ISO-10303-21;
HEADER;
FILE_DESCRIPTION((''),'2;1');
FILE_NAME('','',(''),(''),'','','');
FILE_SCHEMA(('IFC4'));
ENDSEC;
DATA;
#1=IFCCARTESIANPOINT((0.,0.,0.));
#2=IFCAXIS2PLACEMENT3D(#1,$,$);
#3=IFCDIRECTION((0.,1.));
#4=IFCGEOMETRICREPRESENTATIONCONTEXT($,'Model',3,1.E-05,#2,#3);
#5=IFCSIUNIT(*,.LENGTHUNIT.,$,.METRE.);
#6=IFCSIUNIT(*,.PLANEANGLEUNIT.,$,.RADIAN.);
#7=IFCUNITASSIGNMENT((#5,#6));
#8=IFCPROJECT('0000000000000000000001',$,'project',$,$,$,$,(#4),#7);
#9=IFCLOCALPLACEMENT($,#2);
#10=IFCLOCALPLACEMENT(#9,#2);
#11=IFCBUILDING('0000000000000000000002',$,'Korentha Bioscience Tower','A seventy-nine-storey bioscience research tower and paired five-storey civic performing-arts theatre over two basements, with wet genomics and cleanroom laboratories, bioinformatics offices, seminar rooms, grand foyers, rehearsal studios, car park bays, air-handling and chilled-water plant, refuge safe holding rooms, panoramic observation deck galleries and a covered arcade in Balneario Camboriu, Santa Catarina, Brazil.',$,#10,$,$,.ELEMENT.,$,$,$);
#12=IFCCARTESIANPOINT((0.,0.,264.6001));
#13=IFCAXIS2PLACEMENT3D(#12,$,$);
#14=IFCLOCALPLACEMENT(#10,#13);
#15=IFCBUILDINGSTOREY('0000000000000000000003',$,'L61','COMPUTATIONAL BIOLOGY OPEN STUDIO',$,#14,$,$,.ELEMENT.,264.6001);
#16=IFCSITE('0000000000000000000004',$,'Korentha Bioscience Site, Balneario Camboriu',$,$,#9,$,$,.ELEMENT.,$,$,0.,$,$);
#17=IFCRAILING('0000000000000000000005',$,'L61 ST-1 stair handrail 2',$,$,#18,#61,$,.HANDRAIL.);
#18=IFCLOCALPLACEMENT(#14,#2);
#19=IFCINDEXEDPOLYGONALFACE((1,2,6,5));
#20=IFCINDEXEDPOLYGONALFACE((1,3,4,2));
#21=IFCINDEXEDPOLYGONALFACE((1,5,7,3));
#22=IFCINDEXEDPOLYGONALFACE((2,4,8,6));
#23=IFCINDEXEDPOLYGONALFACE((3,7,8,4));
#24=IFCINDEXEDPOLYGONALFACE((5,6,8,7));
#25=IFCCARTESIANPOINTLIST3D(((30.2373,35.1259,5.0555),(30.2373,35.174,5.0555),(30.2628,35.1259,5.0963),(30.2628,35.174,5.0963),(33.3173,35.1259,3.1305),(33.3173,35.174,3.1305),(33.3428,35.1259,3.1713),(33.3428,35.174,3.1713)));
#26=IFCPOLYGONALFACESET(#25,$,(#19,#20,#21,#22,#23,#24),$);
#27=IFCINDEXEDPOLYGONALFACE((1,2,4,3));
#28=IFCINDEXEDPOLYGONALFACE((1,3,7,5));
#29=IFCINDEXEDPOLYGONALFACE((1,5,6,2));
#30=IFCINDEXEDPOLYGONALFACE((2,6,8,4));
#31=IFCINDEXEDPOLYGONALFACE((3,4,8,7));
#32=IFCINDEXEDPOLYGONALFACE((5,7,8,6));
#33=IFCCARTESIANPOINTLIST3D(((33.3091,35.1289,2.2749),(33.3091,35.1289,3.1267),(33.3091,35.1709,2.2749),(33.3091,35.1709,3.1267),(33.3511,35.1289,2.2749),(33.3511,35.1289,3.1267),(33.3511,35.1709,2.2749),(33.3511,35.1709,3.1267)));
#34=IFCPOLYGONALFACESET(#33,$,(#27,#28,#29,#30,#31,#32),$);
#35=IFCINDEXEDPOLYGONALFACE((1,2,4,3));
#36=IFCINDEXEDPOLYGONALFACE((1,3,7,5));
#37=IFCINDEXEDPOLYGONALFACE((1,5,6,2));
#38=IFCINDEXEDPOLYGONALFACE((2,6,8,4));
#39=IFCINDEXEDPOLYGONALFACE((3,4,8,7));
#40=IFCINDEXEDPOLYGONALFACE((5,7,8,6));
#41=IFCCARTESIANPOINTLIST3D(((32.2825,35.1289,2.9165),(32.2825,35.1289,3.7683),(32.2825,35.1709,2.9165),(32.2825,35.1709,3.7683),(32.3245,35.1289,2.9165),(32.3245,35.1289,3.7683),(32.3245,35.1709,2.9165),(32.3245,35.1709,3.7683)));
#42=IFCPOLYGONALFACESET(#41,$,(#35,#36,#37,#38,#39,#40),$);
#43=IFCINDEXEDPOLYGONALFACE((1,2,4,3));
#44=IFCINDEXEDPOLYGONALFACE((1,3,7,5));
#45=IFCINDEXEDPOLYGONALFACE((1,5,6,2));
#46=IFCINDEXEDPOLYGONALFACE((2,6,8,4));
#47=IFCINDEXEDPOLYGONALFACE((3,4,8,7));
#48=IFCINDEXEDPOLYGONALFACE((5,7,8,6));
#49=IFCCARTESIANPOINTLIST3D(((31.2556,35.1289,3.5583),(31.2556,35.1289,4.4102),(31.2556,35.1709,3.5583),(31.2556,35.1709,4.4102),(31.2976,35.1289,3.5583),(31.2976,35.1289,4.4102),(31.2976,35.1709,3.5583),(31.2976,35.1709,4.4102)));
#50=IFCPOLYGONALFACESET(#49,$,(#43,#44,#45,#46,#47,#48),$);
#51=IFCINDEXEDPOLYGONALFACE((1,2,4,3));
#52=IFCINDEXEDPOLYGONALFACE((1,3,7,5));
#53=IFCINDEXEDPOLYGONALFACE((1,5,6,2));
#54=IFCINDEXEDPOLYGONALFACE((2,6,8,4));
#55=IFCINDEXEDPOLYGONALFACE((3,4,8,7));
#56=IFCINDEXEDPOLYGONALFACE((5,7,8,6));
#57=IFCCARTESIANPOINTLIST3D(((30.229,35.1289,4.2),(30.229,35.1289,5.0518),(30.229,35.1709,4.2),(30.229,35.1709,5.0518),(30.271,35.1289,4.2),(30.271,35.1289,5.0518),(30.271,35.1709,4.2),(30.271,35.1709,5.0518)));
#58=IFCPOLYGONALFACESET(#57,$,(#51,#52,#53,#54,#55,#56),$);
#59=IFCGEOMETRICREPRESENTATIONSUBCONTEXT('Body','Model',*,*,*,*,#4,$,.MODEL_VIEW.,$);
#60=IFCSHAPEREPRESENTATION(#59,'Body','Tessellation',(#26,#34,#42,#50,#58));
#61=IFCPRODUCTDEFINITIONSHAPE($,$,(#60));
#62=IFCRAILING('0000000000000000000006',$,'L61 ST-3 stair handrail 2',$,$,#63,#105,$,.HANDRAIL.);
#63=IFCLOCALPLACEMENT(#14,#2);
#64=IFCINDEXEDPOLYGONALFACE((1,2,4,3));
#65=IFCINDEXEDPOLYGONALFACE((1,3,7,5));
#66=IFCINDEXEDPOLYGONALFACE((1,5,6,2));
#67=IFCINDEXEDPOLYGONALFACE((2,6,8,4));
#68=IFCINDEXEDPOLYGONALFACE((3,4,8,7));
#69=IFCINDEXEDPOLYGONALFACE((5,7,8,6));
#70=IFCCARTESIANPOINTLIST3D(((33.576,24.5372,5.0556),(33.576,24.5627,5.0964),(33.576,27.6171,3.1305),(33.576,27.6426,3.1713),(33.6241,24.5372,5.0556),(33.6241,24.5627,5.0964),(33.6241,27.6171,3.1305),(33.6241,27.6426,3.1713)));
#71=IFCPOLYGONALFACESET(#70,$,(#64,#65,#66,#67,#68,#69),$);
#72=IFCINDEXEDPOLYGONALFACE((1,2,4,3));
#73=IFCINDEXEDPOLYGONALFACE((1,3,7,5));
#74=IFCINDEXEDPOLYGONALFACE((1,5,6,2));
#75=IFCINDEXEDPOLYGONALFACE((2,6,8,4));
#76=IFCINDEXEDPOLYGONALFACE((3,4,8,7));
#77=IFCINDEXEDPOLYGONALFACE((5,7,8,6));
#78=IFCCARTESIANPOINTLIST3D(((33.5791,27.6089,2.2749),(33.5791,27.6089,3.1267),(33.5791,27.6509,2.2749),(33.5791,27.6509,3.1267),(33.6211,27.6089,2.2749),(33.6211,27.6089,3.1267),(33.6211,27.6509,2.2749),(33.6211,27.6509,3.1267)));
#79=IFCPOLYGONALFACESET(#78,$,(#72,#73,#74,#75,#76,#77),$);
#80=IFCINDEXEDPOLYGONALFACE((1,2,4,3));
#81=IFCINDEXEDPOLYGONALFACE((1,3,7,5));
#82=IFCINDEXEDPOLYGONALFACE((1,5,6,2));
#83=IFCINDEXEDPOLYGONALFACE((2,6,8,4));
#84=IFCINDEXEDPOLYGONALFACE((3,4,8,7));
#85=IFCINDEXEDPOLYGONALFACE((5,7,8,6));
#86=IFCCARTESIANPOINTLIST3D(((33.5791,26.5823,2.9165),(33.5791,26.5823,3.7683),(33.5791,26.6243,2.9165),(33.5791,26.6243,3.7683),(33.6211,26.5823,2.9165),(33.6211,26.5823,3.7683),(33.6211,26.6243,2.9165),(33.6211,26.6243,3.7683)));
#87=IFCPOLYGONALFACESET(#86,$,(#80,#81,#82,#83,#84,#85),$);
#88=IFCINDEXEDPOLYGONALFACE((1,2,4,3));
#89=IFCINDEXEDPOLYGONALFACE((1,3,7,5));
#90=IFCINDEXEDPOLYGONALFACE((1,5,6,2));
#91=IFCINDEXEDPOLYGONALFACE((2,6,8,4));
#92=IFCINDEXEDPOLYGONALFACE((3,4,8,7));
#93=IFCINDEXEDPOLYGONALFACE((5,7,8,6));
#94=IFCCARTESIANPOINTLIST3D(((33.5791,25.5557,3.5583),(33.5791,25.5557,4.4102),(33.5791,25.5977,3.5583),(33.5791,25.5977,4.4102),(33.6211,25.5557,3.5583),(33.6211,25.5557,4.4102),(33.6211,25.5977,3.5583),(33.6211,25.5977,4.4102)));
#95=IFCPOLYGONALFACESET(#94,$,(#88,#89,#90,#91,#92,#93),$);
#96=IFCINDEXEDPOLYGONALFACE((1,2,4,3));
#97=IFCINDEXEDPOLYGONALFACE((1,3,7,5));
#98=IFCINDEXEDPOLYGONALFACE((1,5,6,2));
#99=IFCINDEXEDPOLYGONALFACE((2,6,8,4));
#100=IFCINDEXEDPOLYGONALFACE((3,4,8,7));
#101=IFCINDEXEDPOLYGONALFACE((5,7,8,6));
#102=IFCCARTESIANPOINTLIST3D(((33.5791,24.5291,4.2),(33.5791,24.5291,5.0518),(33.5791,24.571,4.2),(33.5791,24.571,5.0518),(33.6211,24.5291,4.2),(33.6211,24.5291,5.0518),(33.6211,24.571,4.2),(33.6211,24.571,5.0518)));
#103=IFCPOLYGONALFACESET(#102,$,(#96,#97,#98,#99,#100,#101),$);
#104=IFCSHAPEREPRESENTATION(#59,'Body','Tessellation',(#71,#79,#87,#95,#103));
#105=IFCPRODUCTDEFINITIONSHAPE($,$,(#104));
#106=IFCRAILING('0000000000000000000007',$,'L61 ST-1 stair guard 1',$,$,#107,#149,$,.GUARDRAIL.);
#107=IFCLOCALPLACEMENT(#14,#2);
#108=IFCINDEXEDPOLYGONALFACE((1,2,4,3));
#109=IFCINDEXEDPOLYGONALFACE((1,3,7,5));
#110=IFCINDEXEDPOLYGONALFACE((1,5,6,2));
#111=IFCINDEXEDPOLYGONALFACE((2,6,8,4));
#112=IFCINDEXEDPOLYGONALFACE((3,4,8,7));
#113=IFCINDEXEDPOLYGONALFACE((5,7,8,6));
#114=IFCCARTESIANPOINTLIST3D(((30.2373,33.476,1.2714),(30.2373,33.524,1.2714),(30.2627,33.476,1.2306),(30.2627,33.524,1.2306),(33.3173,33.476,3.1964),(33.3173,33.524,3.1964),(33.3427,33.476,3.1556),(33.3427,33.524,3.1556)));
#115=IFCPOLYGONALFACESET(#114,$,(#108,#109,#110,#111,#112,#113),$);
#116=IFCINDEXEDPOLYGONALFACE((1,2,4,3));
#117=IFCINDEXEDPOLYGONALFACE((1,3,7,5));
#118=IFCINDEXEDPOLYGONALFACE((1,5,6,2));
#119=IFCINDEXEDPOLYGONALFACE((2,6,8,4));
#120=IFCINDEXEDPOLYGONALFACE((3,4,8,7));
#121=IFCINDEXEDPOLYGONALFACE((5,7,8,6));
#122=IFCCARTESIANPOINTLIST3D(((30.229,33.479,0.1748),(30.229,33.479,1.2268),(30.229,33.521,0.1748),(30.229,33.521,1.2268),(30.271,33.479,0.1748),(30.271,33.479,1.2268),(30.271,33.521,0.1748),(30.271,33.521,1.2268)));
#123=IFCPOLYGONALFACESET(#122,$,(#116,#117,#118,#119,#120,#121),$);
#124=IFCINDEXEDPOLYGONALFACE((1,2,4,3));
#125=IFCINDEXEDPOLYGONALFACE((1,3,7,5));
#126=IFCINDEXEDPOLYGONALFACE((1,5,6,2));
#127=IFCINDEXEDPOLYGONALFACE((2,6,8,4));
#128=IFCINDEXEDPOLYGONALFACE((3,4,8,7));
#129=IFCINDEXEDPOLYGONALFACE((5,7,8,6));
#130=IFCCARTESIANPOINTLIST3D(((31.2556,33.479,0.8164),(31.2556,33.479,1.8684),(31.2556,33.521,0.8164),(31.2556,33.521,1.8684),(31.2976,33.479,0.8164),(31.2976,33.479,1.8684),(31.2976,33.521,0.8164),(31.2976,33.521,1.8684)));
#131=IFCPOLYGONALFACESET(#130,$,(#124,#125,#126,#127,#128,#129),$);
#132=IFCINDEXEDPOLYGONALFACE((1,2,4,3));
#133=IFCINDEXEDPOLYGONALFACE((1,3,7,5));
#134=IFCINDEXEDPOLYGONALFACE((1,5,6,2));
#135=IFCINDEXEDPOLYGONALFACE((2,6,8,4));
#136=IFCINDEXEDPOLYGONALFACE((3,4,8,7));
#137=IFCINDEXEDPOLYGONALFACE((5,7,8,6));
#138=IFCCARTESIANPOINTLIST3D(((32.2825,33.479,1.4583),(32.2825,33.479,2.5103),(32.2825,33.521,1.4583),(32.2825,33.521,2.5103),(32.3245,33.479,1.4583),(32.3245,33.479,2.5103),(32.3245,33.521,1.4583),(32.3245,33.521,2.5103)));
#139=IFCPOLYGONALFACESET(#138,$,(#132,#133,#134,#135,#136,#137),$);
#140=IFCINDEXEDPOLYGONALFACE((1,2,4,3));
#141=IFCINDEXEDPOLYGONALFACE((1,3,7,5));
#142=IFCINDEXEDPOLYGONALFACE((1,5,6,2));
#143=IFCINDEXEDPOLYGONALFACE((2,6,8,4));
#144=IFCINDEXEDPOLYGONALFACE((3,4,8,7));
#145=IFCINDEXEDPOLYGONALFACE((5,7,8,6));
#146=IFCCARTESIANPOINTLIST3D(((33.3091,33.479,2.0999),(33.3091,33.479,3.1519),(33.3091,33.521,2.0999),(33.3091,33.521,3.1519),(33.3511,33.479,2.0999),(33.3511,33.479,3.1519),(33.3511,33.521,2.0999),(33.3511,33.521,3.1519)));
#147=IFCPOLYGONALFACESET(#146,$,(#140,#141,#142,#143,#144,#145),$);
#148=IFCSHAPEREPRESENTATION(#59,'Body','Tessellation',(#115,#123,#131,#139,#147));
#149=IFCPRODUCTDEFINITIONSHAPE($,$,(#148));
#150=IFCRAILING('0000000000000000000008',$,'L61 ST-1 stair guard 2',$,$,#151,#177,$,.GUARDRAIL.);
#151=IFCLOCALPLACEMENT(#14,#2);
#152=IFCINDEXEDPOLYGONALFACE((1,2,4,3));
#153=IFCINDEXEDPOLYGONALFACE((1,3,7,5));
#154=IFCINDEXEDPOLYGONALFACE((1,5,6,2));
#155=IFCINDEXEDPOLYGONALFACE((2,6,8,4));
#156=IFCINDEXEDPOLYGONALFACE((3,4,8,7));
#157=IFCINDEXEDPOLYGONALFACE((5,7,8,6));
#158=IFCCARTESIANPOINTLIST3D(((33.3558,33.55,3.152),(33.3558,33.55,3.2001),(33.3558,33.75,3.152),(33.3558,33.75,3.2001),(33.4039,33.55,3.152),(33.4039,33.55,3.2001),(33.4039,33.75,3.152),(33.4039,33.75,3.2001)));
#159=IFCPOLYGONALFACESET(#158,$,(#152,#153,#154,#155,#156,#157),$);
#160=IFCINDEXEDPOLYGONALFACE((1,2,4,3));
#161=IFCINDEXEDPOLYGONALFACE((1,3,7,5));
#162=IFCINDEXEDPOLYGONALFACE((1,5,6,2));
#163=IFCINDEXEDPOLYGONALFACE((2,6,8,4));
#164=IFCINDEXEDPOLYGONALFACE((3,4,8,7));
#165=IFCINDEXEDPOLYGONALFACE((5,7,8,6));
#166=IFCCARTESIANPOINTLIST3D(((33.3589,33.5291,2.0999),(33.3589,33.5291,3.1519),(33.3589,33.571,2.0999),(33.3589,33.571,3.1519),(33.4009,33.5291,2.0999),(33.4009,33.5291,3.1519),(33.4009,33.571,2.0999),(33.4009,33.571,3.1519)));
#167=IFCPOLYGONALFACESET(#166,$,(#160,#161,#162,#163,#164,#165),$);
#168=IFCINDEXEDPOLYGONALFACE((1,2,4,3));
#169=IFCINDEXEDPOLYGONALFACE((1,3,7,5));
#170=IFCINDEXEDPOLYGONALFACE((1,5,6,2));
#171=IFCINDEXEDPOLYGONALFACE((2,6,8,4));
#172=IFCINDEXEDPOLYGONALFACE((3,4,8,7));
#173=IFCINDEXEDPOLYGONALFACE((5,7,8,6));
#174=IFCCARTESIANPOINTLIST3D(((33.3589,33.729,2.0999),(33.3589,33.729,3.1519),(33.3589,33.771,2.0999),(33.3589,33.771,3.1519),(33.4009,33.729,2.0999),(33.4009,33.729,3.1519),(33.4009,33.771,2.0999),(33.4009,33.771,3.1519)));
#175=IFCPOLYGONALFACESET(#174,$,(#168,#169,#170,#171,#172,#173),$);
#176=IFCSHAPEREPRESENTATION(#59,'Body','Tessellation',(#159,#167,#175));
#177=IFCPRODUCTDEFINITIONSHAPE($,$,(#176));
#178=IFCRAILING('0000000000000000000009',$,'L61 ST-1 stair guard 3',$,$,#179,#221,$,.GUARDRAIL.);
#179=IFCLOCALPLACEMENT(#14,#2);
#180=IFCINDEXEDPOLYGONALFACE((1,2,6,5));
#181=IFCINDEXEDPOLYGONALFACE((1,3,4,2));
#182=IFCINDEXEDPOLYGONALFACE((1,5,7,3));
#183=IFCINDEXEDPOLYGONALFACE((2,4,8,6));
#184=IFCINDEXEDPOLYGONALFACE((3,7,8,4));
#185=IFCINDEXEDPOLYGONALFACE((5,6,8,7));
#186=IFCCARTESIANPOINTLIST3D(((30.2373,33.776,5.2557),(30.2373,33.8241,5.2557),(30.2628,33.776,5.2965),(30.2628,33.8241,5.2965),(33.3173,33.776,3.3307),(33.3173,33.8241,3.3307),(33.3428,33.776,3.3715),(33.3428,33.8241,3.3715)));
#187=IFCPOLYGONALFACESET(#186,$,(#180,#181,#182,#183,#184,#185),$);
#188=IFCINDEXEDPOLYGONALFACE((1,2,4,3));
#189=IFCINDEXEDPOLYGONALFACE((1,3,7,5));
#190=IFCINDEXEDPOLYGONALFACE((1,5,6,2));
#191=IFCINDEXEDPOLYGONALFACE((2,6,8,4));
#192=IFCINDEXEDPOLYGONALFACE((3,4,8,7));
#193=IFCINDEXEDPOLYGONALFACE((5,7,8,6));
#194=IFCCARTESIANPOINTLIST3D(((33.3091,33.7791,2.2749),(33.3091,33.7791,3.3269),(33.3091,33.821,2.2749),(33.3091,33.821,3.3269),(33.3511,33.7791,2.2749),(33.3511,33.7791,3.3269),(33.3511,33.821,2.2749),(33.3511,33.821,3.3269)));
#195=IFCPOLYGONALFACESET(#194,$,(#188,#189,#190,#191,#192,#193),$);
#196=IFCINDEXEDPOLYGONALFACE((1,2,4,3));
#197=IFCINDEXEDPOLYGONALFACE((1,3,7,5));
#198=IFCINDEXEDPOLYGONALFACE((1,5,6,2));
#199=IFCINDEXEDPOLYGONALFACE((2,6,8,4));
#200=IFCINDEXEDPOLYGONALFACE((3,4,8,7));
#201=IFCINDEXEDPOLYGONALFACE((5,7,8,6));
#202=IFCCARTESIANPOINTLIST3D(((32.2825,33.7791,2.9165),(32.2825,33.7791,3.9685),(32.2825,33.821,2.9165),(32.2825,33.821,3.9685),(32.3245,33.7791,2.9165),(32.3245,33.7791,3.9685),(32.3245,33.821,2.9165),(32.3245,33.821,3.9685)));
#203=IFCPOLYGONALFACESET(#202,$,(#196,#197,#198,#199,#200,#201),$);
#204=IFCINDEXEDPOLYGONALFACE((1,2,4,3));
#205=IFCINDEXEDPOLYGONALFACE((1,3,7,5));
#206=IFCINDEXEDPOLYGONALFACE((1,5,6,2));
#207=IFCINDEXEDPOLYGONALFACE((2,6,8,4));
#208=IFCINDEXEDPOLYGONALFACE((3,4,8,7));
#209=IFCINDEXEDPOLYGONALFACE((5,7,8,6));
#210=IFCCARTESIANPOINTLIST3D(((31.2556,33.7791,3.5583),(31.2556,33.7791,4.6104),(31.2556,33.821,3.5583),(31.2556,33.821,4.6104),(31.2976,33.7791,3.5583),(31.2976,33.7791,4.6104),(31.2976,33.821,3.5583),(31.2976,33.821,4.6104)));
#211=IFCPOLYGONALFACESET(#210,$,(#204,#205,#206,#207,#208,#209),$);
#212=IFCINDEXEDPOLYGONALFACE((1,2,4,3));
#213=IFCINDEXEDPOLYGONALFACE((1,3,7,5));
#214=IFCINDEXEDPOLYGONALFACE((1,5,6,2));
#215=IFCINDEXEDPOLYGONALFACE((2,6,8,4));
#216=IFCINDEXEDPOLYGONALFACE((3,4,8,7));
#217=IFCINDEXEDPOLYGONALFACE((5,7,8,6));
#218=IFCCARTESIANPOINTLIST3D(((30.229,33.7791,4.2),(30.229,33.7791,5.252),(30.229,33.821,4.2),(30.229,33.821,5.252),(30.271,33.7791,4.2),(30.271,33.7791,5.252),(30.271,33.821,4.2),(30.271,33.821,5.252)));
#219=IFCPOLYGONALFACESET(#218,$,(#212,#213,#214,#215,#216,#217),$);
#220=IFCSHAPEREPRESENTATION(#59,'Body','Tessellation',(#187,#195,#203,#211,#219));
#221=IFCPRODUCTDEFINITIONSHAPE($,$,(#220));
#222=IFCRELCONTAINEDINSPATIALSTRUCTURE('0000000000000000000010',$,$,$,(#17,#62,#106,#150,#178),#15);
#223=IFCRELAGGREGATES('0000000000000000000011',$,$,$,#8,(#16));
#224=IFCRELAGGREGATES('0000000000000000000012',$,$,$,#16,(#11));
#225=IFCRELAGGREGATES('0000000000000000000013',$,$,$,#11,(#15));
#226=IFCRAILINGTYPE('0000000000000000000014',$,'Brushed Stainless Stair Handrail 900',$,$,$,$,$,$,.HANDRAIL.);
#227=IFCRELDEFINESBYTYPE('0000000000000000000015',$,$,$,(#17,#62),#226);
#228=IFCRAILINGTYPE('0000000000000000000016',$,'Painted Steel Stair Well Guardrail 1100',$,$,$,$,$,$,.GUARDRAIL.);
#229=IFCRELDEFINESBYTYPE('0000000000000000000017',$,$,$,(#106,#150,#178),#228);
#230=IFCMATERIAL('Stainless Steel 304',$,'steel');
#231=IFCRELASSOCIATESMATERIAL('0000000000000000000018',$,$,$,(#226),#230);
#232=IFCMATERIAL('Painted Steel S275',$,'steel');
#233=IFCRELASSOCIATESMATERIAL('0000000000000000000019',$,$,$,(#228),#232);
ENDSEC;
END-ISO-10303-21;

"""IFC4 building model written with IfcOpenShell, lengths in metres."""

from ifc_helpers import new_model, si_unit, direction, frame, origin, origin_2d, place, context, subcontext, project, spatial, rectangle, extrude, material, type_object, element, save


model = new_model("IFC4")

# Units and contexts
model_context = context("Model", 3, precision=1e-05, world=origin(), true_north=direction((0.0, 1.0)))
body_context = subcontext(model_context, "Body", "Model", "MODEL_VIEW")
ifc_project = project(units=[si_unit("LENGTHUNIT", "METRE"), si_unit("PLANEANGLEUNIT", "RADIAN")], contexts=[model_context])

# Site, building, storey
site_placement = place(None, origin())
site = spatial("IfcSite", under=ifc_project, at=site_placement, Name="Korentha Bioscience Site, Balneario Camboriu", CompositionType="ELEMENT", RefElevation=0.0)
building_placement = place(site_placement, origin())
building = spatial("IfcBuilding", under=site, at=building_placement, Name="Korentha Bioscience Tower", Description="A seventy-nine-storey bioscience research tower and paired five-storey civic performing-arts theatre over two basements, with wet genomics and cleanroom laboratories, bioinformatics offices, seminar rooms, grand foyers, rehearsal studios, car park bays, air-handling and chilled-water plant, refuge safe holding rooms, panoramic observation deck galleries and a covered arcade in Balneario Camboriu, Santa Catarina, Brazil.", CompositionType="ELEMENT")
storey_placement = place(building_placement, frame((0.0, 0.0, 264.6001)))
storey = spatial("IfcBuildingStorey", under=building, at=storey_placement, Name="L61", Description="COMPUTATIONAL BIOLOGY OPEN STUDIO", CompositionType="ELEMENT", Elevation=264.6001)

# Railings
ifc_material_1 = material(Name="Stainless Steel 304", Category="steel")
railing_type_1 = type_object("IfcRailingType", Name="Brushed Stainless Stair Handrail 900", PredefinedType="HANDRAIL", material=ifc_material_1)
railing_1_placement = place(storey_placement, frame((33.3301, 35.1499, 2.2749)))
element("IfcRailing", 1, at=railing_1_placement, inside=storey, type_object=railing_type_1, Name="L61 ST-1 stair handrail 2", PredefinedType="HANDRAIL", context=body_context, shape_type="SweptSolid", body=[
    extrude(rectangle(XDim=0.0481, YDim=0.0481, at=origin_2d()), frame((0.0, 0.0, 0.876), z_axis=(-0.847998, 0.0, 0.529999), x_axis=(0.0, -1.0, 0.0)), (0.0, 0.0, 1.0), 3.6321),
    extrude(rectangle(XDim=0.042, YDim=0.042, at=origin_2d()), origin(), (0.0, 0.0, 1.0), 0.8518),
    extrude(rectangle(XDim=0.042, YDim=0.042, at=origin_2d()), frame((-1.0266, 0.0, 0.6416)), (0.0, 0.0, 1.0), 0.8518),
    extrude(rectangle(XDim=0.042, YDim=0.042, at=origin_2d()), frame((-2.0535, 0.0, 1.2834)), (0.0, 0.0, 1.0), 0.8518),
    extrude(rectangle(XDim=0.042, YDim=0.042, at=origin_2d()), frame((-3.0801, 0.0, 1.925)), (0.0, 0.0, 1.0), 0.8518),
])
railing_2_placement = place(storey_placement, frame((33.6001, 27.6299, 2.2749)))
element("IfcRailing", 2, at=railing_2_placement, inside=storey, type_object=railing_type_1, Name="L61 ST-3 stair handrail 2", PredefinedType="HANDRAIL", context=body_context, shape_type="SweptSolid", body=[
    extrude(rectangle(XDim=0.0481, YDim=0.0481, at=origin_2d()), frame((0.0, 0.0, 0.876), z_axis=(0.0, -0.847979, 0.530029), x_axis=(1.0, 0.0, 0.0)), (0.0, 0.0, 1.0), 3.6321),
    extrude(rectangle(XDim=0.042, YDim=0.042, at=origin_2d()), origin(), (0.0, 0.0, 1.0), 0.8518),
    extrude(rectangle(XDim=0.042, YDim=0.042, at=origin_2d()), frame((0.0, -1.0266, 0.6416)), (0.0, 0.0, 1.0), 0.8518),
    extrude(rectangle(XDim=0.042, YDim=0.042, at=origin_2d()), frame((0.0, -2.0532, 1.2834)), (0.0, 0.0, 1.0), 0.8518),
    extrude(rectangle(XDim=0.042, YDim=0.042, at=origin_2d()), frame((0.0, -3.0798, 1.925)), (0.0, 0.0, 1.0), 0.8518),
])
ifc_material_2 = material(Name="Painted Steel S275", Category="steel")
railing_type_2 = type_object("IfcRailingType", Name="Painted Steel Stair Well Guardrail 1100", PredefinedType="GUARDRAIL", material=ifc_material_2)
railing_3_placement = place(storey_placement, frame((30.25, 33.5, 0.1748)))
element("IfcRailing", 3, at=railing_3_placement, inside=storey, type_object=railing_type_2, Name="L61 ST-1 stair guard 1", PredefinedType="GUARDRAIL", context=body_context, shape_type="SweptSolid", body=[
    extrude(rectangle(XDim=0.0481, YDim=0.0481, at=origin_2d()), frame((0.0, 0.0, 1.0762), z_axis=(0.847998, 0.0, 0.529999), x_axis=(0.0, 1.0, 0.0)), (0.0, 0.0, 1.0), 3.6321),
    extrude(rectangle(XDim=0.042, YDim=0.042, at=origin_2d()), origin(), (0.0, 0.0, 1.0), 1.052),
    extrude(rectangle(XDim=0.042, YDim=0.042, at=origin_2d()), frame((1.0266, 0.0, 0.6416)), (0.0, 0.0, 1.0), 1.052),
    extrude(rectangle(XDim=0.042, YDim=0.042, at=origin_2d()), frame((2.0535, 0.0, 1.2834)), (0.0, 0.0, 1.0), 1.052),
    extrude(rectangle(XDim=0.042, YDim=0.042, at=origin_2d()), frame((3.0801, 0.0, 1.925)), (0.0, 0.0, 1.0), 1.052),
])
railing_4_placement = place(storey_placement, frame((33.3799, 33.55, 2.0999)))
element("IfcRailing", 4, at=railing_4_placement, inside=storey, type_object=railing_type_2, Name="L61 ST-1 stair guard 2", PredefinedType="GUARDRAIL", context=body_context, shape_type="SweptSolid", body=[
    extrude(rectangle(XDim=0.0481, YDim=0.0481, at=origin_2d()), frame((0.0, 0.0, 1.0762), z_axis=(0.0, 1.0, 0.0), x_axis=(-1.0, 0.0, 0.0)), (0.0, 0.0, 1.0), 0.2),
    extrude(rectangle(XDim=0.042, YDim=0.042, at=origin_2d()), origin(), (0.0, 0.0, 1.0), 1.052),
    extrude(rectangle(XDim=0.042, YDim=0.042, at=origin_2d()), frame((0.0, 0.2, 0.0)), (0.0, 0.0, 1.0), 1.052),
])
railing_5_placement = place(storey_placement, frame((33.3301, 33.8, 2.2749)))
element("IfcRailing", 5, at=railing_5_placement, inside=storey, type_object=railing_type_2, Name="L61 ST-1 stair guard 3", PredefinedType="GUARDRAIL", context=body_context, shape_type="SweptSolid", body=[
    extrude(rectangle(XDim=0.0481, YDim=0.0481, at=origin_2d()), frame((0.0, 0.0, 1.0762), z_axis=(-0.847998, 0.0, 0.529999), x_axis=(0.0, -1.0, 0.0)), (0.0, 0.0, 1.0), 3.6321),
    extrude(rectangle(XDim=0.042, YDim=0.042, at=origin_2d()), origin(), (0.0, 0.0, 1.0), 1.052),
    extrude(rectangle(XDim=0.042, YDim=0.042, at=origin_2d()), frame((-1.0266, 0.0, 0.6416)), (0.0, 0.0, 1.0), 1.052),
    extrude(rectangle(XDim=0.042, YDim=0.042, at=origin_2d()), frame((-2.0535, 0.0, 1.2834)), (0.0, 0.0, 1.0), 1.052),
    extrude(rectangle(XDim=0.042, YDim=0.042, at=origin_2d()), frame((-3.0801, 0.0, 1.925)), (0.0, 0.0, 1.0), 1.052),
])

save(model, "model.ifc")
